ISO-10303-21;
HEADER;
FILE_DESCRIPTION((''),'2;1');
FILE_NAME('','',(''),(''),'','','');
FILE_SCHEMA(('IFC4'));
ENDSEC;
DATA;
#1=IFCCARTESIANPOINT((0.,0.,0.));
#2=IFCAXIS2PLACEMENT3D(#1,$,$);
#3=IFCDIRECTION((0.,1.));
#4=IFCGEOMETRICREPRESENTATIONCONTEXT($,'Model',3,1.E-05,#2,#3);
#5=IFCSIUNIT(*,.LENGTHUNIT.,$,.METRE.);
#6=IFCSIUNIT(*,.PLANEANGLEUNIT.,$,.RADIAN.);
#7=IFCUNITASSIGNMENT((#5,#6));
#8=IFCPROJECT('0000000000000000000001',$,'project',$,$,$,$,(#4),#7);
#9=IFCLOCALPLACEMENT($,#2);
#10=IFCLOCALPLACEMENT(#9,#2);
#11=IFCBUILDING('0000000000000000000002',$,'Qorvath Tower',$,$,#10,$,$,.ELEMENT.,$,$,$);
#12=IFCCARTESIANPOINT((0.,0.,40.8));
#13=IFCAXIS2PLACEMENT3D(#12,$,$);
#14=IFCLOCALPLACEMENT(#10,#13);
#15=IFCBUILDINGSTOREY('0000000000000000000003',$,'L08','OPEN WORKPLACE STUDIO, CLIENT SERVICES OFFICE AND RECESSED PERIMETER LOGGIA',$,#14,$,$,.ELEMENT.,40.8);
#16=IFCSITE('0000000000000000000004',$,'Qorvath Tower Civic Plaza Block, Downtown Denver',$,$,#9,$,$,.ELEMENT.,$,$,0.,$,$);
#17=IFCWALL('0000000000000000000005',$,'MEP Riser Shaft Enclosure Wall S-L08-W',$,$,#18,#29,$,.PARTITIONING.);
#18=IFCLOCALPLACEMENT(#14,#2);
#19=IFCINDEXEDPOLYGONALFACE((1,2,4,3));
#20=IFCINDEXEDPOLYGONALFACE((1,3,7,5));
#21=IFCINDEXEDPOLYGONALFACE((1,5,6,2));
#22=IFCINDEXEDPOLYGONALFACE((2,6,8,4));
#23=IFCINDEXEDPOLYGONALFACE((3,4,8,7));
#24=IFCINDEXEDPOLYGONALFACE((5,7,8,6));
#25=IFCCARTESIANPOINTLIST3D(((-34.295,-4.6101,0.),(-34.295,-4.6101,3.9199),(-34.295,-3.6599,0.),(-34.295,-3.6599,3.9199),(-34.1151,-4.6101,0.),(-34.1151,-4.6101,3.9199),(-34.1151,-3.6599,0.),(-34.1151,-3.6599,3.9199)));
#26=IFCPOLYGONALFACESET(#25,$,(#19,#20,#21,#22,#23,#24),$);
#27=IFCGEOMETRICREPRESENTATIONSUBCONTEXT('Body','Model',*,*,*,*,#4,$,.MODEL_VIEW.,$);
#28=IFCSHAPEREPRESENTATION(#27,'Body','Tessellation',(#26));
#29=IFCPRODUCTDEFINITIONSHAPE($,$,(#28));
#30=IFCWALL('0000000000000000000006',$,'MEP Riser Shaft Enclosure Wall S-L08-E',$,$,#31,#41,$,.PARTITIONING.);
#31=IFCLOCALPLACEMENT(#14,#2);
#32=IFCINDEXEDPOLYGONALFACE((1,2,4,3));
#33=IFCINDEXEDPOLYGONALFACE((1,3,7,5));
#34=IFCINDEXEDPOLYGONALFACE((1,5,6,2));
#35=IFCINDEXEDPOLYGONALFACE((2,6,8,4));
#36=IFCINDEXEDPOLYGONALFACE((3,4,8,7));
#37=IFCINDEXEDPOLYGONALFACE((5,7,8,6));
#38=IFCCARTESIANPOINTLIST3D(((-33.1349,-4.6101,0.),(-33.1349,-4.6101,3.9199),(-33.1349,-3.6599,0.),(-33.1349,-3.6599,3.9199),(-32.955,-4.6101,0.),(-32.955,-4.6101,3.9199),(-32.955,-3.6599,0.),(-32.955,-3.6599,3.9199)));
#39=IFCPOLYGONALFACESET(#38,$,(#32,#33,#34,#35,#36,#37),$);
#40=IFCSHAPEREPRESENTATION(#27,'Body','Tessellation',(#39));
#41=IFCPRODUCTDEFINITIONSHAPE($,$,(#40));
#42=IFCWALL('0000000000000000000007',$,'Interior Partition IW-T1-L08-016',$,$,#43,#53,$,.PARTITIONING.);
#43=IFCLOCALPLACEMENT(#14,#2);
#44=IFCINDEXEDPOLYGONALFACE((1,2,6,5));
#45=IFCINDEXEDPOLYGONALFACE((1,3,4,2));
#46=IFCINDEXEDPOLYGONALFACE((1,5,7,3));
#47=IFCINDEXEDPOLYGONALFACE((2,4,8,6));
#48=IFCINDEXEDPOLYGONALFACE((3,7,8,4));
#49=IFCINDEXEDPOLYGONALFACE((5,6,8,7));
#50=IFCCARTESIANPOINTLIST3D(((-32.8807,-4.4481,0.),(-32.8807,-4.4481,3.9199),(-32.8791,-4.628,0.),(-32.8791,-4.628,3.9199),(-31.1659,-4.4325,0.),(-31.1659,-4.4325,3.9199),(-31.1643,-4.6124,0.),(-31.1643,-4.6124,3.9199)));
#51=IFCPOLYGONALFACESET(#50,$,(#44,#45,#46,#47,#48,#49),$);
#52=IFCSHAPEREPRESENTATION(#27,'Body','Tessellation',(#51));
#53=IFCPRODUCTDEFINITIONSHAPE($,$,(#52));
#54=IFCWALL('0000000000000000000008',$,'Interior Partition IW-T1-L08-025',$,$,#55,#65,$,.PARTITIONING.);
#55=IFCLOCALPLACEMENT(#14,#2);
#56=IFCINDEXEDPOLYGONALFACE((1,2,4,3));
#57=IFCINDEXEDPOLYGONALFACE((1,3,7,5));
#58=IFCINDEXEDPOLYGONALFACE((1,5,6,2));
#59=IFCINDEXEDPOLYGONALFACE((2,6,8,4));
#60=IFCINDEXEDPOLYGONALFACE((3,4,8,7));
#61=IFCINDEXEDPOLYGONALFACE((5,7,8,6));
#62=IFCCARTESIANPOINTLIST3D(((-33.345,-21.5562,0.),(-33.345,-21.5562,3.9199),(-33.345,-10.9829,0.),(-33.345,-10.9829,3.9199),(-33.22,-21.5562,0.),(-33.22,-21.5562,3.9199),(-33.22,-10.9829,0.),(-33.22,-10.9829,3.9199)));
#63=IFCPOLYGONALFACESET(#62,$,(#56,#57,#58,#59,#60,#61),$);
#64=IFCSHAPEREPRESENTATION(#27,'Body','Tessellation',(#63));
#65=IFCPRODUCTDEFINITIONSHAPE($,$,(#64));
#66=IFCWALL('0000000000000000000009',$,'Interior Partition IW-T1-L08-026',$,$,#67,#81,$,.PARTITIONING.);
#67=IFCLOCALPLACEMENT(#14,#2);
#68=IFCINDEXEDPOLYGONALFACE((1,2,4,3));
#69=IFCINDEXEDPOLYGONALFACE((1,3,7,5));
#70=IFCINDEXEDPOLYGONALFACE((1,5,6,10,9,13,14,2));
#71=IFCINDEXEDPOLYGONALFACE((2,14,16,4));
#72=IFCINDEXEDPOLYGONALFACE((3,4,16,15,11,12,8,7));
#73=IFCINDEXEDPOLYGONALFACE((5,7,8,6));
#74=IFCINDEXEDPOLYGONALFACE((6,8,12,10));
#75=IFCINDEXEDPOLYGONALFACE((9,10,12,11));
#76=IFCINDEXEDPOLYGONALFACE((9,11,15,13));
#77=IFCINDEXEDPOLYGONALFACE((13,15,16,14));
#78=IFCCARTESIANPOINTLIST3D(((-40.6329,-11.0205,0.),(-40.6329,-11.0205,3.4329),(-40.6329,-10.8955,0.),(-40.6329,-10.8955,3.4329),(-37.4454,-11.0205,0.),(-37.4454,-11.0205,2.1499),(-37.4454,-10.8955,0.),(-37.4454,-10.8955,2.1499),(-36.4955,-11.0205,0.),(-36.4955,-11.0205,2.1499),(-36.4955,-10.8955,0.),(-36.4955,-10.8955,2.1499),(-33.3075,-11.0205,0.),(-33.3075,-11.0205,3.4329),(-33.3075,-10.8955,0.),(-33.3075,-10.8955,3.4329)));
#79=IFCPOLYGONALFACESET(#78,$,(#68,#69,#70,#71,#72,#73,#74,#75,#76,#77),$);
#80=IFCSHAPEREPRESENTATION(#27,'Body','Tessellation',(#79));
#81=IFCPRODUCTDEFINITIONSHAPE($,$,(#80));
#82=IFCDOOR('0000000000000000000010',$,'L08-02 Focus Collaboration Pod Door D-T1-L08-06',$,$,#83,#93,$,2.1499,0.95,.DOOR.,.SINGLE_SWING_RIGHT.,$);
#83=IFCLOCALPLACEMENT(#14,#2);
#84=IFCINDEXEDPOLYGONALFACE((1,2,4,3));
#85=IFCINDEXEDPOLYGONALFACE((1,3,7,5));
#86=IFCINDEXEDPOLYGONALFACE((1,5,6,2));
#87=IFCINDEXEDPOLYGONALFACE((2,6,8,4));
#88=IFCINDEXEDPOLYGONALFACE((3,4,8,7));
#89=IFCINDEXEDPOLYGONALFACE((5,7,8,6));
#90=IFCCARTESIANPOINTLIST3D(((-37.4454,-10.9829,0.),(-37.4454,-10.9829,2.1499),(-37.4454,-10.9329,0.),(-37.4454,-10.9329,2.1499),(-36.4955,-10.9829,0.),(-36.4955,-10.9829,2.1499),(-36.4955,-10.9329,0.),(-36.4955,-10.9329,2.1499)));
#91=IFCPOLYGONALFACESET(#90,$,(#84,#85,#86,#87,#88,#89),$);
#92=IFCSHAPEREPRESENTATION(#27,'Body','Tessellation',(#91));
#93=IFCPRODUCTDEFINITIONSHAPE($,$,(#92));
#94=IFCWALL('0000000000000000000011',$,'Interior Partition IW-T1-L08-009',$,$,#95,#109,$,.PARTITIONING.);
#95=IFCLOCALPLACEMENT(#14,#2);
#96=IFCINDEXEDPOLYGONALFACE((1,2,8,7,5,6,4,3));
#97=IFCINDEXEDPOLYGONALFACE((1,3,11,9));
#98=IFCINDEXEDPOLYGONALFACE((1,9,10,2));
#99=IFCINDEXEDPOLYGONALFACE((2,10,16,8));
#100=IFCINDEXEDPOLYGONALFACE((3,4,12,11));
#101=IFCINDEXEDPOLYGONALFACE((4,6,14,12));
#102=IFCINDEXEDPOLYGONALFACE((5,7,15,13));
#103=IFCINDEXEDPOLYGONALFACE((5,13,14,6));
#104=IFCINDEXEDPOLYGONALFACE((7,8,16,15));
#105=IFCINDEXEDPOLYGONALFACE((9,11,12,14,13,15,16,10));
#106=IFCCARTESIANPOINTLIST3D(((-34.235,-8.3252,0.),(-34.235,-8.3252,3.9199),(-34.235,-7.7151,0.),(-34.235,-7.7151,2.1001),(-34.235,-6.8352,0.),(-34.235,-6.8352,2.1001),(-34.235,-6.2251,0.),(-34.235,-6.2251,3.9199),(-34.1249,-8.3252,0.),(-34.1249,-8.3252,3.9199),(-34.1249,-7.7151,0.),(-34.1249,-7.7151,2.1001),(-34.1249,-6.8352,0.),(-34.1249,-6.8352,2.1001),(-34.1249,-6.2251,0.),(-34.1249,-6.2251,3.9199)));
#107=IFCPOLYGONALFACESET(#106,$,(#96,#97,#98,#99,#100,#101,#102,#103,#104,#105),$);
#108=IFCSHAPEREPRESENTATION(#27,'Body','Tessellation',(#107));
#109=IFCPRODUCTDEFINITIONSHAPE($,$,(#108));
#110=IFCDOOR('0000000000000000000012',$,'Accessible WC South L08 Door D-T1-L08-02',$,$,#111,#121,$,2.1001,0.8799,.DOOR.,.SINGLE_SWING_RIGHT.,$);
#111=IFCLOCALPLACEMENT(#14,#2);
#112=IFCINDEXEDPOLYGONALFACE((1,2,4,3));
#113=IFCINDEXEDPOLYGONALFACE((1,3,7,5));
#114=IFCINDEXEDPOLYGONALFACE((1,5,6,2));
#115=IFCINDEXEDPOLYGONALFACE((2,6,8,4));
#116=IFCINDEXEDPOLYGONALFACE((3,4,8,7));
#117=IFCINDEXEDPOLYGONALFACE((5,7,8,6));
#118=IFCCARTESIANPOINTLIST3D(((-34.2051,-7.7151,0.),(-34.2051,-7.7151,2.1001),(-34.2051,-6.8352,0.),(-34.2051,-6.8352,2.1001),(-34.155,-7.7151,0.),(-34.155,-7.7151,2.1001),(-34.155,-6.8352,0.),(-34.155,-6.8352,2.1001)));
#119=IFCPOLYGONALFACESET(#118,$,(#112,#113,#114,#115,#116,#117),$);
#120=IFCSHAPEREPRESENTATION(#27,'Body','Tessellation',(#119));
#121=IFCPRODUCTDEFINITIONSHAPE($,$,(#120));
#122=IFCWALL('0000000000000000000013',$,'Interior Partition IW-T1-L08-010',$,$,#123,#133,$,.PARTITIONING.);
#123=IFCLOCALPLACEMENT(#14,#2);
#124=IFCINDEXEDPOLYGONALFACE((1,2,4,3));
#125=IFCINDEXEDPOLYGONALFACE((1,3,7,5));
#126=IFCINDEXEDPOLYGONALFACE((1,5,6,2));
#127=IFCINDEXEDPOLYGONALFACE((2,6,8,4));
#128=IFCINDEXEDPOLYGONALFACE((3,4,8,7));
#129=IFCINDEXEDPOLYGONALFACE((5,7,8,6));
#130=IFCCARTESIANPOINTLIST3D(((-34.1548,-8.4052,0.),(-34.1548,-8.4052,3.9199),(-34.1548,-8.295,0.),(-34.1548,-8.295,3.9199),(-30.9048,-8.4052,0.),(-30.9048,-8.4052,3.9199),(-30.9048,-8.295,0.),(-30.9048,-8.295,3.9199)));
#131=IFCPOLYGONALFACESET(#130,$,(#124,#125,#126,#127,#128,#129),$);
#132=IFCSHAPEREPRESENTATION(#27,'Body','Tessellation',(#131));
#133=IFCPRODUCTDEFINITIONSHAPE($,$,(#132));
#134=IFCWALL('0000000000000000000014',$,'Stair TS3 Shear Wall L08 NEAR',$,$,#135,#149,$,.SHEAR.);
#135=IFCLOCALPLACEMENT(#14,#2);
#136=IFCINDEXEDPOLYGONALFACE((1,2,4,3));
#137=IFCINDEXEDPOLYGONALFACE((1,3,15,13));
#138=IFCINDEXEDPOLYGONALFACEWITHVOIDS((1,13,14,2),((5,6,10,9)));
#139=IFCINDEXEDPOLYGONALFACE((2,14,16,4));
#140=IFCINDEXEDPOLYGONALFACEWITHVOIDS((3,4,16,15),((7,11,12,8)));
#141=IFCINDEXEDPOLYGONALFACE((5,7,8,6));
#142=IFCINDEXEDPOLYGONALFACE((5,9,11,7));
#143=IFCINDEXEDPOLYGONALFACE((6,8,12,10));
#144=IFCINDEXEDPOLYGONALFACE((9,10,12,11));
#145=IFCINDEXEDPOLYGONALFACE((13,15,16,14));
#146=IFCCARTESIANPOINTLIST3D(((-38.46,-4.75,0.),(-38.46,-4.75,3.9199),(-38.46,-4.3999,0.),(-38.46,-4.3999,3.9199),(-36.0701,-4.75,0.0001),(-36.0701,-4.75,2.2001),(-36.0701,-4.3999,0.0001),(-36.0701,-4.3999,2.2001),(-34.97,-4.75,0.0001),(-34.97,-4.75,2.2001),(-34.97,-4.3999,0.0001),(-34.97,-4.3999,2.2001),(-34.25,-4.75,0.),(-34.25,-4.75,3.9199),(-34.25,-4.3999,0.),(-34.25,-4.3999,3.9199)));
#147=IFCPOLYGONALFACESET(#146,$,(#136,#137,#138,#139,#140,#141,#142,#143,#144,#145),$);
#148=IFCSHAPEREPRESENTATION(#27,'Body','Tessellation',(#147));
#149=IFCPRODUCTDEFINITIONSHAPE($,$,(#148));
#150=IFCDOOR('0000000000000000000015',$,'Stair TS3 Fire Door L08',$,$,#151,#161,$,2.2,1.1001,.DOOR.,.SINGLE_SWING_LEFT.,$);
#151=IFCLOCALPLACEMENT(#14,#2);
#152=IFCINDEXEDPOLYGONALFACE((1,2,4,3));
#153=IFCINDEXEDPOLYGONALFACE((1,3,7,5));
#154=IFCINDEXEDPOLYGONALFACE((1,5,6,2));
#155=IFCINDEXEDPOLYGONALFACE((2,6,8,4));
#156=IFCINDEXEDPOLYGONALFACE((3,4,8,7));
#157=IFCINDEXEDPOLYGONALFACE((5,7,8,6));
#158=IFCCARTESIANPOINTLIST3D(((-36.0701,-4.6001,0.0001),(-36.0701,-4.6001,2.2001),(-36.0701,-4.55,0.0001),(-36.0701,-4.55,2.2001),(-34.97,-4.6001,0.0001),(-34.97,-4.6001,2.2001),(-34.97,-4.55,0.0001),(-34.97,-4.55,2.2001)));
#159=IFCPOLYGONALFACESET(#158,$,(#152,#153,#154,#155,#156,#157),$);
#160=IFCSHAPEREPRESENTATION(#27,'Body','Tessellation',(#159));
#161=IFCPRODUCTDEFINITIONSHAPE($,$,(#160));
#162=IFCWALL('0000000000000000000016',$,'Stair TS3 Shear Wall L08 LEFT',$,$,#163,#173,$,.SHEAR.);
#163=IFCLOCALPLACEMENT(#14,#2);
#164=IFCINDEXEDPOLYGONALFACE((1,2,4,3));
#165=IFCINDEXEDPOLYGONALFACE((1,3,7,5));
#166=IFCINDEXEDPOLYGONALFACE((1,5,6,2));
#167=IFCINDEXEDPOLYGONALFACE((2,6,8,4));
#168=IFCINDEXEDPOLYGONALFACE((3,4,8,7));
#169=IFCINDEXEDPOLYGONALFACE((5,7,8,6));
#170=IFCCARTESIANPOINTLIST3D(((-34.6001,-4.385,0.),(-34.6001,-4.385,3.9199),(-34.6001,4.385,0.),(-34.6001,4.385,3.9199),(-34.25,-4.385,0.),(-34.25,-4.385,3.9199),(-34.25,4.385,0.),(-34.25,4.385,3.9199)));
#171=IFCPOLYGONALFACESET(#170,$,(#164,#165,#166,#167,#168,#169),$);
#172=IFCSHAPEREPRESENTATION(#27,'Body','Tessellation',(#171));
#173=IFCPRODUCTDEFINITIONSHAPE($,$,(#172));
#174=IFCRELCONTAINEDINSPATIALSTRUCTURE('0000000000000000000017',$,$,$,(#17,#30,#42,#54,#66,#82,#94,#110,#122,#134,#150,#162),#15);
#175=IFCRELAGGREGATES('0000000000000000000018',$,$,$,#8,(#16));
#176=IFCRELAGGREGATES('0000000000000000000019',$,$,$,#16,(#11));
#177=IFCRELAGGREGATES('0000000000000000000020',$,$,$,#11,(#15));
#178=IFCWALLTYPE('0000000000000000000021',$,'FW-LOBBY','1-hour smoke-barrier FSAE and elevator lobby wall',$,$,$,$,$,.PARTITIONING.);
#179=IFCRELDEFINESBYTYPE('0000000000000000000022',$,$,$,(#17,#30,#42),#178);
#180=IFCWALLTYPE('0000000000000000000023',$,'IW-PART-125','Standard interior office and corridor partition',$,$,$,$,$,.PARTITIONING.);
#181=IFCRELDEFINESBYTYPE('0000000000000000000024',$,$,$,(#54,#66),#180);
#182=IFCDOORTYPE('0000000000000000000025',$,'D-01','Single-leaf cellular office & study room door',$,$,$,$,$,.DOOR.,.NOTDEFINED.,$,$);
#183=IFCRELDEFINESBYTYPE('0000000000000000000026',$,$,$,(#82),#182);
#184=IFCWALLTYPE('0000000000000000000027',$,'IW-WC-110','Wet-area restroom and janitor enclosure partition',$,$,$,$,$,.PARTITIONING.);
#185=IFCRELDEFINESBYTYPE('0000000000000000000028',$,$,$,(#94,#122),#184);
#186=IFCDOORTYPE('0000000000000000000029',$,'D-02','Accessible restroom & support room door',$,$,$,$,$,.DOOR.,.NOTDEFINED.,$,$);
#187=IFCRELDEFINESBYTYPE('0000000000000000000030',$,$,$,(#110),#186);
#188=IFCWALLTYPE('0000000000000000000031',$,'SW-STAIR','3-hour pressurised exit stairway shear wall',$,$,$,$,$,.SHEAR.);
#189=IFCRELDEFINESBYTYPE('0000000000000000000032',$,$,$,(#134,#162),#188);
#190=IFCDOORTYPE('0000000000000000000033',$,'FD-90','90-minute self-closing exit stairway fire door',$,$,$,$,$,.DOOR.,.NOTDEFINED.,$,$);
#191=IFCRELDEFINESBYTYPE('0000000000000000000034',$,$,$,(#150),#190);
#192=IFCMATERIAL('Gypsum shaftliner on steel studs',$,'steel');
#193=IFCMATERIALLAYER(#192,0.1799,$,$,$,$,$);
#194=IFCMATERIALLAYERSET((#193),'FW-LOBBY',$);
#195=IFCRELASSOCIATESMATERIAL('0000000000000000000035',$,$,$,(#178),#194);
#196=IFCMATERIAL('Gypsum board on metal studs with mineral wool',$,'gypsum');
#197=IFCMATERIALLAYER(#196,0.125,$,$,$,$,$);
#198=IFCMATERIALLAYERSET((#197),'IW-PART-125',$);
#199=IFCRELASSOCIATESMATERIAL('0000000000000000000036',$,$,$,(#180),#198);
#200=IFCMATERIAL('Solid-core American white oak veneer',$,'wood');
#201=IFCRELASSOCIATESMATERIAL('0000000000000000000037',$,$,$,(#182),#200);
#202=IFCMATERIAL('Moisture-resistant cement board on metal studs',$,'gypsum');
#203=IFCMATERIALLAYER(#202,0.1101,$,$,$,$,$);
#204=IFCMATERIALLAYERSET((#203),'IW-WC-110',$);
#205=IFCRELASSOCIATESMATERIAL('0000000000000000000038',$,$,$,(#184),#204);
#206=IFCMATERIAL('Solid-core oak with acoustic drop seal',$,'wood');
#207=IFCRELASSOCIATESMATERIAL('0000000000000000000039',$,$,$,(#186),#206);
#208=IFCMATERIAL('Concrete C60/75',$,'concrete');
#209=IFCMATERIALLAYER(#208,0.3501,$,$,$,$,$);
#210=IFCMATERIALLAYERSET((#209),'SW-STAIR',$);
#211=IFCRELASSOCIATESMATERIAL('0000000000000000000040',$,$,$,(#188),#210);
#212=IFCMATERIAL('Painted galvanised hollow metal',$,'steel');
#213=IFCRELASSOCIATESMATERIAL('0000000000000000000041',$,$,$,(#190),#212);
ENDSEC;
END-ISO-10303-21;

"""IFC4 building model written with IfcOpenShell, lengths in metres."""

from ifc_helpers import new_model, si_unit, direction, frame, frame_2d, origin, place, context, subcontext, project, spatial, rectangle, extrude, material, layer, layer_set, type_object, element, fill, save


model = new_model("IFC4")

# Units and contexts
model_context = context("Model", 3, precision=1e-05, world=origin(), true_north=direction((0.0, 1.0)))
body_context = subcontext(model_context, "Body", "Model", "MODEL_VIEW")
ifc_project = project(units=[si_unit("LENGTHUNIT", "METRE"), si_unit("PLANEANGLEUNIT", "RADIAN")], contexts=[model_context])

# Site, building, storey
site_placement = place(None, origin())
site = spatial("IfcSite", under=ifc_project, at=site_placement, Name="Qorvath Tower Civic Plaza Block, Downtown Denver", CompositionType="ELEMENT", RefElevation=0.0)
building_placement = place(site_placement, origin())
building = spatial("IfcBuilding", under=site, at=building_placement, Name="Qorvath Tower", CompositionType="ELEMENT")
storey_placement = place(building_placement, frame((0.0, 0.0, 40.8)))
storey = spatial("IfcBuildingStorey", under=building, at=storey_placement, Name="L08", Description="OPEN WORKPLACE STUDIO, CLIENT SERVICES OFFICE AND RECESSED PERIMETER LOGGIA", CompositionType="ELEMENT", Elevation=40.8)

# Walls
ifc_material_1 = material(Name="Gypsum shaftliner on steel studs", Category="steel")
ifc_layer_1 = layer(ifc_material_1, 0.1799)
ifc_layer_set_1 = layer_set([ifc_layer_1], Name="FW-LOBBY")
wall_type_1 = type_object("IfcWallType", Name="FW-LOBBY", Description="1-hour smoke-barrier FSAE and elevator lobby wall", PredefinedType="PARTITIONING", material=ifc_layer_set_1)
for number, where, z_axis, x_axis, name in (
    (1, (-34.2051, -4.6101, 0.0), (0.0, 0.0, 1.0), (0.0, 1.0, 0.0), "MEP Riser Shaft Enclosure Wall S-L08-W"),
    (2, (-33.0449, -3.6599, 0.0), (0.0, 0.0, 1.0), (0.0, -1.0, 0.0), "MEP Riser Shaft Enclosure Wall S-L08-E"),
):
    element("IfcWall", number, at=place(storey_placement, frame(where, z_axis=z_axis, x_axis=x_axis)), inside=storey, type_object=wall_type_1, Name=name, PredefinedType="PARTITIONING", context=body_context, shape_type="SweptSolid", body=[
        extrude(rectangle(XDim=0.9502, YDim=0.1799, at=frame_2d((0.4751, 0.0))), origin(), (0.0, 0.0, 1.0), 3.9199),
    ])
wall_1_placement = place(storey_placement, frame((-32.8799, -4.5381, 0.0), z_axis=(0.0, 0.0, 1.0), x_axis=(0.999958, 0.009111, 0.0)))
element("IfcWall", 3, at=wall_1_placement, inside=storey, type_object=wall_type_1, Name="Interior Partition IW-T1-L08-016", PredefinedType="PARTITIONING", context=body_context, shape_type="SweptSolid", body=[
    extrude(rectangle(XDim=1.7148, YDim=0.1799, at=frame_2d((0.8574, 0.0))), origin(), (0.0, 0.0, 1.0), 3.9199),
])
ifc_material_2 = material(Name="Gypsum board on metal studs with mineral wool", Category="gypsum")
ifc_layer_2 = layer(ifc_material_2, 0.125)
ifc_layer_set_2 = layer_set([ifc_layer_2], Name="IW-PART-125")
wall_type_2 = type_object("IfcWallType", Name="IW-PART-125", Description="Standard interior office and corridor partition", PredefinedType="PARTITIONING", material=ifc_layer_set_2)
wall_2_placement = place(storey_placement, frame((-33.2825, -21.5562, 0.0), z_axis=(0.0, 0.0, 1.0), x_axis=(0.0, 1.0, 0.0)))
element("IfcWall", 4, at=wall_2_placement, inside=storey, type_object=wall_type_2, Name="Interior Partition IW-T1-L08-025", PredefinedType="PARTITIONING", context=body_context, shape_type="SweptSolid", body=[
    extrude(rectangle(XDim=10.5732, YDim=0.125, at=frame_2d((5.2866, 0.0))), origin(), (0.0, 0.0, 1.0), 3.9199),
])

# Walls, openings, doors
wall_3_placement = place(storey_placement, frame((-33.3076, -10.958, 0.0), z_axis=(0.0, 0.0, 1.0), x_axis=(-1.0, 0.0, 0.0)))
wall_3 = element("IfcWall", 5, at=wall_3_placement, inside=storey, type_object=wall_type_2, Name="Interior Partition IW-T1-L08-026", PredefinedType="PARTITIONING", context=body_context, shape_type="SweptSolid", body=[
    extrude(rectangle(XDim=7.3254, YDim=0.125, at=frame_2d((3.6626, 0.0))), origin(), (0.0, 0.0, 1.0), 3.4329),
])
opening_1_placement = place(wall_3_placement, frame((3.1877, 0.0, 0.0)))
opening_1 = element("IfcOpeningElement", 6, at=opening_1_placement, cuts=wall_3, PredefinedType="OPENING", context=body_context, shape_type="SweptSolid", body=[
    extrude(rectangle(XDim=0.95, YDim=2.1499, at=frame_2d((0.4751, 1.075))), frame((0.0, 0.0725, 0.0), z_axis=(0.0, -1.0, 0.0), x_axis=(1.0, 0.0, 0.0)), (0.0, 0.0, 1.0), 0.145),
])
ifc_material_3 = material(Name="Solid-core American white oak veneer", Category="wood")
door_type_1 = type_object("IfcDoorType", Name="D-01", Description="Single-leaf cellular office & study room door", OperationType="NOTDEFINED", PredefinedType="DOOR", material=ifc_material_3)
door_1_placement = place(opening_1_placement, origin())
door_1 = element("IfcDoor", 7, at=door_1_placement, inside=storey, type_object=door_type_1, Name="L08-02 Focus Collaboration Pod Door D-T1-L08-06", OperationType="SINGLE_SWING_RIGHT", OverallHeight=2.1499, OverallWidth=0.95, PredefinedType="DOOR", context=body_context, shape_type="SweptSolid", body=[
    extrude(rectangle(XDim=0.95, YDim=2.1499, at=frame_2d((0.4751, 1.075))), frame((0.0, 0.0249, 0.0), z_axis=(0.0, -1.0, 0.0), x_axis=(1.0, 0.0, 0.0)), (0.0, 0.0, 1.0), 0.05),
])
fill(opening_1, door_1)
ifc_material_4 = material(Name="Moisture-resistant cement board on metal studs", Category="gypsum")
ifc_layer_3 = layer(ifc_material_4, 0.1101)
ifc_layer_set_3 = layer_set([ifc_layer_3], Name="IW-WC-110")
wall_type_3 = type_object("IfcWallType", Name="IW-WC-110", Description="Wet-area restroom and janitor enclosure partition", PredefinedType="PARTITIONING", material=ifc_layer_set_3)
wall_4_placement = place(storey_placement, frame((-34.1799, -6.2251, 0.0), z_axis=(0.0, 0.0, 1.0), x_axis=(0.0, -1.0, 0.0)))
wall_4 = element("IfcWall", 8, at=wall_4_placement, inside=storey, type_object=wall_type_3, Name="Interior Partition IW-T1-L08-009", PredefinedType="PARTITIONING", context=body_context, shape_type="SweptSolid", body=[
    extrude(rectangle(XDim=2.1001, YDim=0.1101, at=frame_2d((1.05, 0.0))), origin(), (0.0, 0.0, 1.0), 3.9199),
])
opening_2_placement = place(wall_4_placement, frame((0.6101, 0.0, 0.0)))
opening_2 = element("IfcOpeningElement", 9, at=opening_2_placement, cuts=wall_4, PredefinedType="OPENING", context=body_context, shape_type="SweptSolid", body=[
    extrude(rectangle(XDim=0.8799, YDim=2.1001, at=frame_2d((0.4399, 1.05))), frame((0.0, 0.0649, 0.0), z_axis=(0.0, -1.0, 0.0), x_axis=(1.0, 0.0, 0.0)), (0.0, 0.0, 1.0), 0.1301),
])
ifc_material_5 = material(Name="Solid-core oak with acoustic drop seal", Category="wood")
door_type_2 = type_object("IfcDoorType", Name="D-02", Description="Accessible restroom & support room door", OperationType="NOTDEFINED", PredefinedType="DOOR", material=ifc_material_5)
door_2_placement = place(opening_2_placement, origin())
door_2 = element("IfcDoor", 10, at=door_2_placement, inside=storey, type_object=door_type_2, Name="Accessible WC South L08 Door D-T1-L08-02", OperationType="SINGLE_SWING_RIGHT", OverallHeight=2.1001, OverallWidth=0.8799, PredefinedType="DOOR", context=body_context, shape_type="SweptSolid", body=[
    extrude(rectangle(XDim=0.8799, YDim=2.1001, at=frame_2d((0.4399, 1.05))), frame((0.0, 0.0249, 0.0), z_axis=(0.0, -1.0, 0.0), x_axis=(1.0, 0.0, 0.0)), (0.0, 0.0, 1.0), 0.05),
])
fill(opening_2, door_2)

# Wall
wall_5_placement = place(storey_placement, frame((-34.1548, -8.3501, 0.0), z_axis=(0.0, 0.0, 1.0), x_axis=(1.0, 0.0, 0.0)))
element("IfcWall", 11, at=wall_5_placement, inside=storey, type_object=wall_type_3, Name="Interior Partition IW-T1-L08-010", PredefinedType="PARTITIONING", context=body_context, shape_type="SweptSolid", body=[
    extrude(rectangle(XDim=3.25, YDim=0.1101, at=frame_2d((1.625, 0.0))), origin(), (0.0, 0.0, 1.0), 3.9199),
])

# Wall, opening, door
ifc_material_6 = material(Name="Concrete C60/75", Category="concrete")
ifc_layer_4 = layer(ifc_material_6, 0.3501)
ifc_layer_set_4 = layer_set([ifc_layer_4], Name="SW-STAIR")
wall_type_4 = type_object("IfcWallType", Name="SW-STAIR", Description="3-hour pressurised exit stairway shear wall", PredefinedType="SHEAR", material=ifc_layer_set_4)
wall_6_placement = place(storey_placement, frame((-38.46, -4.575, 0.0), z_axis=(0.0, 0.0, 1.0), x_axis=(1.0, 0.0, 0.0)))
wall_6 = element("IfcWall", 12, at=wall_6_placement, inside=storey, type_object=wall_type_4, Name="Stair TS3 Shear Wall L08 NEAR", PredefinedType="SHEAR", context=body_context, shape_type="SweptSolid", body=[
    extrude(rectangle(XDim=4.21, YDim=0.3501, at=frame_2d((2.105, 0.0))), origin(), (0.0, 0.0, 1.0), 3.9199),
])
opening_3_placement = place(wall_6_placement, frame((2.3899, 0.0, 0.0)))
opening_3 = element("IfcOpeningElement", 13, at=opening_3_placement, cuts=wall_6, PredefinedType="OPENING", context=body_context, shape_type="SweptSolid", body=[
    extrude(rectangle(XDim=1.1001, YDim=2.2, at=frame_2d((0.55, 1.1001))), frame((0.0, 0.1851, 0.0), z_axis=(0.0, -1.0, 0.0), x_axis=(1.0, 0.0, 0.0)), (0.0, 0.0, 1.0), 0.3701),
])
ifc_material_7 = material(Name="Painted galvanised hollow metal", Category="steel")
door_type_3 = type_object("IfcDoorType", Name="FD-90", Description="90-minute self-closing exit stairway fire door", OperationType="NOTDEFINED", PredefinedType="DOOR", material=ifc_material_7)
door_3_placement = place(opening_3_placement, origin())
door_3 = element("IfcDoor", 14, at=door_3_placement, inside=storey, type_object=door_type_3, Name="Stair TS3 Fire Door L08", OperationType="SINGLE_SWING_LEFT", OverallHeight=2.2, OverallWidth=1.1001, PredefinedType="DOOR", context=body_context, shape_type="SweptSolid", body=[
    extrude(rectangle(XDim=1.1001, YDim=2.2, at=frame_2d((0.55, 1.1001))), frame((0.0, 0.0249, 0.0), z_axis=(0.0, -1.0, 0.0), x_axis=(1.0, 0.0, 0.0)), (0.0, 0.0, 1.0), 0.05),
])
fill(opening_3, door_3)

# Wall
wall_7_placement = place(storey_placement, frame((-34.425, -4.385, 0.0), z_axis=(0.0, 0.0, 1.0), x_axis=(0.0, 1.0, 0.0)))
element("IfcWall", 15, at=wall_7_placement, inside=storey, type_object=wall_type_4, Name="Stair TS3 Shear Wall L08 LEFT", PredefinedType="SHEAR", context=body_context, shape_type="SweptSolid", body=[
    extrude(rectangle(XDim=8.77, YDim=0.3501, at=frame_2d((4.385, 0.0))), origin(), (0.0, 0.0, 1.0), 3.9199),
])

save(model, "model.ifc")
